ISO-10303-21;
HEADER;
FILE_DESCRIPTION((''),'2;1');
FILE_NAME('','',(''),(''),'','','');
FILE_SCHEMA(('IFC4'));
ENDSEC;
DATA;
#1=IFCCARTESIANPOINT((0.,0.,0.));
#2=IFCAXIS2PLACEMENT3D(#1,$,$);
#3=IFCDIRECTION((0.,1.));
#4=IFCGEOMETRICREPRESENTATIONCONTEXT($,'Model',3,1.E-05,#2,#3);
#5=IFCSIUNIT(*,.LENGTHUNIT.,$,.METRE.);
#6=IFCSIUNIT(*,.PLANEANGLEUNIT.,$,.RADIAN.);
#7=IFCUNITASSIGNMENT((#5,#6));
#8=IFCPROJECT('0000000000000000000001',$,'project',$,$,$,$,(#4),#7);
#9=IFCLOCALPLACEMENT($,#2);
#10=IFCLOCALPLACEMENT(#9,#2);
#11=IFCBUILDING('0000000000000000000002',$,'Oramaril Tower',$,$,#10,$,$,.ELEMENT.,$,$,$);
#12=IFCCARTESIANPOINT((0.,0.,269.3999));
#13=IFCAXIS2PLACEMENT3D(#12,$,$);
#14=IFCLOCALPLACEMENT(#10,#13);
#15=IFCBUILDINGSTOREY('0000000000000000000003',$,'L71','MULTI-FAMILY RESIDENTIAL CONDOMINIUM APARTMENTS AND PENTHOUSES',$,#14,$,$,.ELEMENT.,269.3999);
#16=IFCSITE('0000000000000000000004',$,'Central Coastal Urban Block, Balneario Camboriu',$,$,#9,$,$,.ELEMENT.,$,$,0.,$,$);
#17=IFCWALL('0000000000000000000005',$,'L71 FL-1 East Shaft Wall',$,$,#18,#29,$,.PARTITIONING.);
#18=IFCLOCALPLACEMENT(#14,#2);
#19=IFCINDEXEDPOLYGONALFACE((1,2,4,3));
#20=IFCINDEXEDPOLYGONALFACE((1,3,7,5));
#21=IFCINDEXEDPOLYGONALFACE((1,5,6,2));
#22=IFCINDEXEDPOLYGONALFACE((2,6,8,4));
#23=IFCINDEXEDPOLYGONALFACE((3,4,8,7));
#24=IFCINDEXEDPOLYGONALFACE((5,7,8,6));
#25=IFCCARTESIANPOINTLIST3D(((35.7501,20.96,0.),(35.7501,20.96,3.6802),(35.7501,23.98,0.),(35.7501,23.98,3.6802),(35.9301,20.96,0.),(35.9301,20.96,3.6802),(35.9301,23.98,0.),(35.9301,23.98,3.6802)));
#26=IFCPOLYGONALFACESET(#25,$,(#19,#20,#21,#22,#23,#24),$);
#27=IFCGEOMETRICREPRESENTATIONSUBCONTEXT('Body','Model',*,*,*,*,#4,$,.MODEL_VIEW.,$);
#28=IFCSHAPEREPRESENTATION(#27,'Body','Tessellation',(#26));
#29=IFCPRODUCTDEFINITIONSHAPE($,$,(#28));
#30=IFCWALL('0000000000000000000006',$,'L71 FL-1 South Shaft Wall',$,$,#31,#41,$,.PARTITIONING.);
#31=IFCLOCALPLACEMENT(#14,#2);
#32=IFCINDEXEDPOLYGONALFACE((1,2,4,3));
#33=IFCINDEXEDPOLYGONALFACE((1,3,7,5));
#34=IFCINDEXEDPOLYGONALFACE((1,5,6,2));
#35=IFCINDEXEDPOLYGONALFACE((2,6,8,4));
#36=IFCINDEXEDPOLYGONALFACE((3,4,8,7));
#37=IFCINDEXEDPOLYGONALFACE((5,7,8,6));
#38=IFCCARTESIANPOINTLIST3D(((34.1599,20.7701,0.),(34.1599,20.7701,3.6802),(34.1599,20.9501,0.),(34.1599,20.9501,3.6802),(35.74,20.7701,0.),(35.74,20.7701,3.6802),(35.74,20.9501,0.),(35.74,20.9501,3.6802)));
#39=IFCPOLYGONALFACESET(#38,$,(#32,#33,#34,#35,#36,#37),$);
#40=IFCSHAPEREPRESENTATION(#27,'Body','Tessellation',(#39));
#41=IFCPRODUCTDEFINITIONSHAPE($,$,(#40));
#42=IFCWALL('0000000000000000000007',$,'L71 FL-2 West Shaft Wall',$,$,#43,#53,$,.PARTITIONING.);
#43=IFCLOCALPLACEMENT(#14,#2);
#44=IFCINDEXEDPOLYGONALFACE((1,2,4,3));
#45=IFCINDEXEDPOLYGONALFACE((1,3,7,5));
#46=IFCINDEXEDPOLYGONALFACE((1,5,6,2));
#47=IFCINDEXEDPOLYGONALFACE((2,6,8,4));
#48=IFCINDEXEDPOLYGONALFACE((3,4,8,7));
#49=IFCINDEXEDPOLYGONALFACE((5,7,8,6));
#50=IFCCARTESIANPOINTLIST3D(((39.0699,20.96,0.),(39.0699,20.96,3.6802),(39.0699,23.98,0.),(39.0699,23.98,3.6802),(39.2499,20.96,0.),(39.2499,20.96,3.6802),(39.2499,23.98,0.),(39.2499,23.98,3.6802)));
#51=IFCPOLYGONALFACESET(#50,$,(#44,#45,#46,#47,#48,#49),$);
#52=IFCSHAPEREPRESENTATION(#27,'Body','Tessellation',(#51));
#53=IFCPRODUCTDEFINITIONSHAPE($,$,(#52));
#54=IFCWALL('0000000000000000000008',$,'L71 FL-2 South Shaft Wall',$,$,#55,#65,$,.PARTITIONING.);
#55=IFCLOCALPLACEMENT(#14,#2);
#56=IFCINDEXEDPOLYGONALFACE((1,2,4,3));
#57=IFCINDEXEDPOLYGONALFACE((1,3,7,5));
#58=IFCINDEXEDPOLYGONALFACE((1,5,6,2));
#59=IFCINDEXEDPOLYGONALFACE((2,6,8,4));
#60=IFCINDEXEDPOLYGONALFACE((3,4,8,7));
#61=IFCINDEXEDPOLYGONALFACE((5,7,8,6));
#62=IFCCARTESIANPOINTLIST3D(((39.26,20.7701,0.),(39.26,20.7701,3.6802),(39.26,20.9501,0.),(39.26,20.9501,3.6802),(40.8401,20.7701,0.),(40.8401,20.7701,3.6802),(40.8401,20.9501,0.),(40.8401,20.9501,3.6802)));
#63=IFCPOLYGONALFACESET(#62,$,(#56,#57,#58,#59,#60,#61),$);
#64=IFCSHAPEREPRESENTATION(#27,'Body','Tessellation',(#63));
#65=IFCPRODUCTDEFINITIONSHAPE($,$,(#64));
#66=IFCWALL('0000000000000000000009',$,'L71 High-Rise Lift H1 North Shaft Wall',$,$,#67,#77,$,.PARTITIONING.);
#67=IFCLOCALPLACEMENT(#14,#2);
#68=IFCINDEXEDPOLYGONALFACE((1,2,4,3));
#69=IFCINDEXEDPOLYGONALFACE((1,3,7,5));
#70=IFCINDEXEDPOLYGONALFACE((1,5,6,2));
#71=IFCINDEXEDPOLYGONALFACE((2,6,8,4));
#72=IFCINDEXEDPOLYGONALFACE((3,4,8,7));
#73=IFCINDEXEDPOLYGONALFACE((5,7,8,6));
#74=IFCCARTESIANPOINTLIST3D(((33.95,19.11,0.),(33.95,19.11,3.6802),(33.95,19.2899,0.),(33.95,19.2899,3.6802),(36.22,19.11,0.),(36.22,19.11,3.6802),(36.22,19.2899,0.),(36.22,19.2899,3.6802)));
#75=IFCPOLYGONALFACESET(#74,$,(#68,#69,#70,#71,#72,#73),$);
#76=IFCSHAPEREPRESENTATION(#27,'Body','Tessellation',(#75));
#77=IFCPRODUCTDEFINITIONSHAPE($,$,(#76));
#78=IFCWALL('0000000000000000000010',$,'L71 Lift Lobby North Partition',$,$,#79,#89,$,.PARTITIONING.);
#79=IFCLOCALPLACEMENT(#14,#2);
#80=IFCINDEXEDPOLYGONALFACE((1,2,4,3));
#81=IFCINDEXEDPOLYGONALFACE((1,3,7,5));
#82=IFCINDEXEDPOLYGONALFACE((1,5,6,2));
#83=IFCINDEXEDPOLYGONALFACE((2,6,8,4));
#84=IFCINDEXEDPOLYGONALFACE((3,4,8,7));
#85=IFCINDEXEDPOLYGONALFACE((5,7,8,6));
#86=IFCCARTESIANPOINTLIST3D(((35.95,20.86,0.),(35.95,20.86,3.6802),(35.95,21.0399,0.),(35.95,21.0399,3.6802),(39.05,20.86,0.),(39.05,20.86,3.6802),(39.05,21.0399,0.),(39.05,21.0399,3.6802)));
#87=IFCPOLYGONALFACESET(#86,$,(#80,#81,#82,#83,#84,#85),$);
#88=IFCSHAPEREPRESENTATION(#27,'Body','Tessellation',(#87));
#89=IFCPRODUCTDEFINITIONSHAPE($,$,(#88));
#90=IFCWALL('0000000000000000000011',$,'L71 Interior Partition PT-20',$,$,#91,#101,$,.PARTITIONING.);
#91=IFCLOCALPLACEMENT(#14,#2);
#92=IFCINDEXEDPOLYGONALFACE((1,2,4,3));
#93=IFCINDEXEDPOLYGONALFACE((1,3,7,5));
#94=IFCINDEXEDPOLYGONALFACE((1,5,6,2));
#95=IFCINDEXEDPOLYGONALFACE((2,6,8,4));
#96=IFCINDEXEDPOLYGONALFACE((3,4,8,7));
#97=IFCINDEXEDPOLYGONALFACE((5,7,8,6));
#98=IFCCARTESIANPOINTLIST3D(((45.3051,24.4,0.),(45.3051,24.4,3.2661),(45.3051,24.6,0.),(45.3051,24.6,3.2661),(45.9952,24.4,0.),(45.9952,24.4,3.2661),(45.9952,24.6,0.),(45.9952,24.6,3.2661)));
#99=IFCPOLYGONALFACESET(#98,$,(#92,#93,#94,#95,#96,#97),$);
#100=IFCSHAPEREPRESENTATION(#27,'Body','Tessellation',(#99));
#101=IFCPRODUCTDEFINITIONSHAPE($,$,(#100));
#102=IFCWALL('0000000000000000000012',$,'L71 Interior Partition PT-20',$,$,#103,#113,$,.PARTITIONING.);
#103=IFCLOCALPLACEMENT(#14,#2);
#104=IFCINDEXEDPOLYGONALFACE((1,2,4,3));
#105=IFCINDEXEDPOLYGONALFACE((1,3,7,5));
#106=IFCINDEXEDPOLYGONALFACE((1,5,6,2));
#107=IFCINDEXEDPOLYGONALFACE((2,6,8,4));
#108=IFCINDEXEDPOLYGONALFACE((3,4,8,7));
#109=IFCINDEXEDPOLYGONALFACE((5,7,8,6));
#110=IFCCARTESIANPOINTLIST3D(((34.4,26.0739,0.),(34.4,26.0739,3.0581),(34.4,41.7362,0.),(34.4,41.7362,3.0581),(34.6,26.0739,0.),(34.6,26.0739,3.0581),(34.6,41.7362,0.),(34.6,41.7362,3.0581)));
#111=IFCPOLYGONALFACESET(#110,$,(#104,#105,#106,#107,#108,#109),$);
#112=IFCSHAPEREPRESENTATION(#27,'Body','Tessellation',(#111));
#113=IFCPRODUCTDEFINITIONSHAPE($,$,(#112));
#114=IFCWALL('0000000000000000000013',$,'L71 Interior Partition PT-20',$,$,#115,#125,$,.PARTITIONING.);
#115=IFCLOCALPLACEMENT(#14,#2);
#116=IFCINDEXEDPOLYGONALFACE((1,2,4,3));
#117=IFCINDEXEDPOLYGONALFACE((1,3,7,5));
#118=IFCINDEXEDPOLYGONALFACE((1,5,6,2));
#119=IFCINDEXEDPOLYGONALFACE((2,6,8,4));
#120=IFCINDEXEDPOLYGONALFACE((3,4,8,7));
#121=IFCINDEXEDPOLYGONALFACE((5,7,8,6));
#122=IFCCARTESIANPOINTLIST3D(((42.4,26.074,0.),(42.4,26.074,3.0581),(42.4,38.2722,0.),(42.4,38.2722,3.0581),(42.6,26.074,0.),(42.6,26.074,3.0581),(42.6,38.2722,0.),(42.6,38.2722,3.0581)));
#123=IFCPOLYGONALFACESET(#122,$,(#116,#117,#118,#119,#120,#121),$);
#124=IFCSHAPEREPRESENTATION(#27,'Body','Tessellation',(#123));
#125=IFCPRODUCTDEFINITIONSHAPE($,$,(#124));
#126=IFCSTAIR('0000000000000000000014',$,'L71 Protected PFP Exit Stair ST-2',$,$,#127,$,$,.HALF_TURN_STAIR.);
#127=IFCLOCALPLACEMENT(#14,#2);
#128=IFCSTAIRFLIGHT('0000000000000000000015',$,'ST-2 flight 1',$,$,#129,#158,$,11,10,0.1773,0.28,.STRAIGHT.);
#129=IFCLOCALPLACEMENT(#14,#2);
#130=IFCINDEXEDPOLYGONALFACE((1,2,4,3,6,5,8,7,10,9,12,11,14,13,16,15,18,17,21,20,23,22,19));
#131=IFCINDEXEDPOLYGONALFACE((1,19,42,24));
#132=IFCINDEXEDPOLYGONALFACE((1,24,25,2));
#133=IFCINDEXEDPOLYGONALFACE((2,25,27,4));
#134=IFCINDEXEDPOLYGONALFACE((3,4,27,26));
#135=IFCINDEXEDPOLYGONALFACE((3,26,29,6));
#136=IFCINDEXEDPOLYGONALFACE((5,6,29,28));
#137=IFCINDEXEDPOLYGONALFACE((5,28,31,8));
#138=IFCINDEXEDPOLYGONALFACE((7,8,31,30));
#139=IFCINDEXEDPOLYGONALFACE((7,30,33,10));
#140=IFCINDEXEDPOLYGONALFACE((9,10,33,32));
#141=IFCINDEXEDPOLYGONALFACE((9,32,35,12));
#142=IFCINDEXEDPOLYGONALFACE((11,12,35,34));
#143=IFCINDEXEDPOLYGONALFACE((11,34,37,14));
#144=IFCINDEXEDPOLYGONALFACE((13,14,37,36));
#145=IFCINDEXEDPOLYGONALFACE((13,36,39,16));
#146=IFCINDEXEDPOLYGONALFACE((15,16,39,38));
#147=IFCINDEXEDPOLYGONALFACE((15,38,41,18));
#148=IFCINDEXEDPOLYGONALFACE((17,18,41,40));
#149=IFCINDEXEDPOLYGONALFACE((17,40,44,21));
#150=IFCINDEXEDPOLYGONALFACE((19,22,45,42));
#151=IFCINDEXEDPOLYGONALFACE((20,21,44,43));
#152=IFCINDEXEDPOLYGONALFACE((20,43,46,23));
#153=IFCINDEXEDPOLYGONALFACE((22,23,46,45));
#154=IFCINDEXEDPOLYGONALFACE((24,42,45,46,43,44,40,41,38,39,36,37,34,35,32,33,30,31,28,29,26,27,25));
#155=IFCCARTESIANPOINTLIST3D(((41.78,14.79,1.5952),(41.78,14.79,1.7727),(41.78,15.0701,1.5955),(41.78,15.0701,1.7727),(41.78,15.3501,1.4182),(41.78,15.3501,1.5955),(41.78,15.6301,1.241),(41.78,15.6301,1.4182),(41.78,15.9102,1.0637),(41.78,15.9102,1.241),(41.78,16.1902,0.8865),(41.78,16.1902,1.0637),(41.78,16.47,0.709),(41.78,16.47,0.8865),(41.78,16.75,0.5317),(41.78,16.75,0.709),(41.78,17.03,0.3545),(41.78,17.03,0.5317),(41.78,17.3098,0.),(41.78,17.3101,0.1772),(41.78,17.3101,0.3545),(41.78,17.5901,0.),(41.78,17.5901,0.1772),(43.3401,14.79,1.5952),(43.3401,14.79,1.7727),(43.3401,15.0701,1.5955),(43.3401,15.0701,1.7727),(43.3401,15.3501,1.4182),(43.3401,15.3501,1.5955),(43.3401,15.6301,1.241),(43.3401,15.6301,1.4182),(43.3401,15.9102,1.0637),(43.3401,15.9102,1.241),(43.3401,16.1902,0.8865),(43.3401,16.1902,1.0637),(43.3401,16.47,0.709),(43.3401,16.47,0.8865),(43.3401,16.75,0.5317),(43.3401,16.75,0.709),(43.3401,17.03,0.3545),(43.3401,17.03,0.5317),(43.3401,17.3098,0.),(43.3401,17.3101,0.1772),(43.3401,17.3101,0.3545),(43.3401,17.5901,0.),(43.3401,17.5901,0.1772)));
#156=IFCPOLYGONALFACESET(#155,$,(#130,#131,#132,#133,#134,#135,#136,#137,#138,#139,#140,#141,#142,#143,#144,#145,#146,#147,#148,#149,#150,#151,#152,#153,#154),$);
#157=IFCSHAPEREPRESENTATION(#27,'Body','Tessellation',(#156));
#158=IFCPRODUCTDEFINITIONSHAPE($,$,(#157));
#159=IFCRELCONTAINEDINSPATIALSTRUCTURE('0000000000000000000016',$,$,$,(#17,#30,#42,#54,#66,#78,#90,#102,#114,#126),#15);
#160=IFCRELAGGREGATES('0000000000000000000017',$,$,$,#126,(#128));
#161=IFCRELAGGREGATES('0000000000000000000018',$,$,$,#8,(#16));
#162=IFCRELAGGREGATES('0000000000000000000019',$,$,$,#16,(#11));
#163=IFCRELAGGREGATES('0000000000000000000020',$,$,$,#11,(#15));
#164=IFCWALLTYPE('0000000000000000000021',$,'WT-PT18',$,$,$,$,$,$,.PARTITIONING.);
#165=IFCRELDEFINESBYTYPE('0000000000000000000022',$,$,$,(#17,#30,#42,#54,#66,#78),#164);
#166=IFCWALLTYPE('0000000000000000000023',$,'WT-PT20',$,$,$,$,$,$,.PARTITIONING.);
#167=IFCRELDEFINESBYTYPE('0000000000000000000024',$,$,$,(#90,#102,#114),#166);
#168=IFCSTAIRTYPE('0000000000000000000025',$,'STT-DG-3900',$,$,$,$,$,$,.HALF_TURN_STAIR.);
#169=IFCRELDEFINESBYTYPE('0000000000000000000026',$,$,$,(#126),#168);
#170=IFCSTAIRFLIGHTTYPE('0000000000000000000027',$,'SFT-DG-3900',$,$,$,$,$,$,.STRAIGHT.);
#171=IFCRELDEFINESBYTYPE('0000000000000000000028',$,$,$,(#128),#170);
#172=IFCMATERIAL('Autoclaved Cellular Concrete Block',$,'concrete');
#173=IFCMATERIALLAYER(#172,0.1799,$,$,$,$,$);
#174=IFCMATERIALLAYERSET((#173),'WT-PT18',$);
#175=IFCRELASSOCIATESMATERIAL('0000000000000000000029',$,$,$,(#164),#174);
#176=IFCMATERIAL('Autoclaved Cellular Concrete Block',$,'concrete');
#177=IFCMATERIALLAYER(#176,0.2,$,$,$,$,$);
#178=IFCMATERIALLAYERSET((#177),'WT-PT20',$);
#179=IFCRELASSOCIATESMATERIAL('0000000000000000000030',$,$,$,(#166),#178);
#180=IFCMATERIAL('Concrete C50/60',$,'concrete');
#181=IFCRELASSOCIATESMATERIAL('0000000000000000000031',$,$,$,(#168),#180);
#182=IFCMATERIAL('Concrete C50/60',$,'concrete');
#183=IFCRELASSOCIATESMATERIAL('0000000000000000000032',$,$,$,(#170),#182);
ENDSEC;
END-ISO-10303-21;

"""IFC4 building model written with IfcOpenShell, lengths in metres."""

from ifc_helpers import new_model, si_unit, direction, frame, frame_2d, origin, place, context, subcontext, project, spatial, polyline, rectangle, outline, extrude, material, layer, layer_set, type_object, element, aggregate, save


model = new_model("IFC4")

# Units and contexts
model_context = context("Model", 3, precision=1e-05, world=origin(), true_north=direction((0.0, 1.0)))
body_context = subcontext(model_context, "Body", "Model", "MODEL_VIEW")
ifc_project = project(units=[si_unit("LENGTHUNIT", "METRE"), si_unit("PLANEANGLEUNIT", "RADIAN")], contexts=[model_context])

# Site, building, storey
site_placement = place(None, origin())
site = spatial("IfcSite", under=ifc_project, at=site_placement, Name="Central Coastal Urban Block, Balneario Camboriu", CompositionType="ELEMENT", RefElevation=0.0)
building_placement = place(site_placement, origin())
building = spatial("IfcBuilding", under=site, at=building_placement, Name="Oramaril Tower", CompositionType="ELEMENT")
storey_placement = place(building_placement, frame((0.0, 0.0, 269.3999)))
storey = spatial("IfcBuildingStorey", under=building, at=storey_placement, Name="L71", Description="MULTI-FAMILY RESIDENTIAL CONDOMINIUM APARTMENTS AND PENTHOUSES", CompositionType="ELEMENT", Elevation=269.3999)

# Walls
ifc_material_1 = material(Name="Autoclaved Cellular Concrete Block", Category="concrete")
ifc_layer_1 = layer(ifc_material_1, 0.1799)
ifc_layer_set_1 = layer_set([ifc_layer_1], Name="WT-PT18")
wall_type_1 = type_object("IfcWallType", Name="WT-PT18", PredefinedType="PARTITIONING", material=ifc_layer_set_1)
wall_1_placement = place(storey_placement, frame((35.8401, 20.96, 0.0), z_axis=(0.0, 0.0, 1.0), x_axis=(0.0, 1.0, 0.0)))
element("IfcWall", 1, at=wall_1_placement, inside=storey, type_object=wall_type_1, Name="L71 FL-1 East Shaft Wall", PredefinedType="PARTITIONING", context=body_context, shape_type="SweptSolid", body=[
    extrude(rectangle(XDim=3.02, YDim=0.1799, at=frame_2d((1.51, 0.0))), origin(), (0.0, 0.0, 1.0), 3.6802),
])
wall_2_placement = place(storey_placement, frame((34.1599, 20.8601, 0.0), z_axis=(0.0, 0.0, 1.0), x_axis=(1.0, 0.0, 0.0)))
element("IfcWall", 2, at=wall_2_placement, inside=storey, type_object=wall_type_1, Name="L71 FL-1 South Shaft Wall", PredefinedType="PARTITIONING", context=body_context, shape_type="SweptSolid", body=[
    extrude(rectangle(XDim=1.5801, YDim=0.1799, at=frame_2d((0.79, 0.0))), origin(), (0.0, 0.0, 1.0), 3.6802),
])
wall_3_placement = place(storey_placement, frame((39.1599, 20.96, 0.0), z_axis=(0.0, 0.0, 1.0), x_axis=(0.0, 1.0, 0.0)))
element("IfcWall", 3, at=wall_3_placement, inside=storey, type_object=wall_type_1, Name="L71 FL-2 West Shaft Wall", PredefinedType="PARTITIONING", context=body_context, shape_type="SweptSolid", body=[
    extrude(rectangle(XDim=3.02, YDim=0.1799, at=frame_2d((1.51, 0.0))), origin(), (0.0, 0.0, 1.0), 3.6802),
])
wall_4_placement = place(storey_placement, frame((39.26, 20.8601, 0.0), z_axis=(0.0, 0.0, 1.0), x_axis=(1.0, 0.0, 0.0)))
element("IfcWall", 4, at=wall_4_placement, inside=storey, type_object=wall_type_1, Name="L71 FL-2 South Shaft Wall", PredefinedType="PARTITIONING", context=body_context, shape_type="SweptSolid", body=[
    extrude(rectangle(XDim=1.5801, YDim=0.1799, at=frame_2d((0.79, 0.0))), origin(), (0.0, 0.0, 1.0), 3.6802),
])
wall_5_placement = place(storey_placement, frame((33.95, 19.2, 0.0), z_axis=(0.0, 0.0, 1.0), x_axis=(1.0, 0.0, 0.0)))
element("IfcWall", 5, at=wall_5_placement, inside=storey, type_object=wall_type_1, Name="L71 High-Rise Lift H1 North Shaft Wall", PredefinedType="PARTITIONING", context=body_context, shape_type="SweptSolid", body=[
    extrude(rectangle(XDim=2.27, YDim=0.1799, at=frame_2d((1.135, 0.0))), origin(), (0.0, 0.0, 1.0), 3.6802),
])
wall_6_placement = place(storey_placement, frame((35.95, 20.95, 0.0), z_axis=(0.0, 0.0, 1.0), x_axis=(1.0, 0.0, 0.0)))
element("IfcWall", 6, at=wall_6_placement, inside=storey, type_object=wall_type_1, Name="L71 Lift Lobby North Partition", PredefinedType="PARTITIONING", context=body_context, shape_type="SweptSolid", body=[
    extrude(rectangle(XDim=3.1001, YDim=0.1799, at=frame_2d((1.55, 0.0))), origin(), (0.0, 0.0, 1.0), 3.6802),
])
ifc_material_2 = material(Name="Autoclaved Cellular Concrete Block", Category="concrete")
ifc_layer_2 = layer(ifc_material_2, 0.2)
ifc_layer_set_2 = layer_set([ifc_layer_2], Name="WT-PT20")
wall_type_2 = type_object("IfcWallType", Name="WT-PT20", PredefinedType="PARTITIONING", material=ifc_layer_set_2)
wall_7_placement = place(storey_placement, frame((45.3049, 24.5, 0.0), z_axis=(0.0, 0.0, 1.0), x_axis=(1.0, 0.0, 0.0)))
element("IfcWall", 7, at=wall_7_placement, inside=storey, type_object=wall_type_2, Name="L71 Interior Partition PT-20", PredefinedType="PARTITIONING", context=body_context, shape_type="SweptSolid", body=[
    extrude(rectangle(XDim=0.6902, YDim=0.2, at=frame_2d((0.3452, 0.0))), origin(), (0.0, 0.0, 1.0), 3.2661),
])
wall_8_placement = place(storey_placement, frame((34.5, 26.074, 0.0), z_axis=(0.0, 0.0, 1.0), x_axis=(0.0, 1.0, 0.0)))
element("IfcWall", 8, at=wall_8_placement, inside=storey, type_object=wall_type_2, Name="L71 Interior Partition PT-20", PredefinedType="PARTITIONING", context=body_context, shape_type="SweptSolid", body=[
    extrude(rectangle(XDim=15.6624, YDim=0.2, at=frame_2d((7.8311, 0.0))), origin(), (0.0, 0.0, 1.0), 3.0581),
])
wall_9_placement = place(storey_placement, frame((42.5, 26.074, 0.0), z_axis=(0.0, 0.0, 1.0), x_axis=(0.0, 1.0, 0.0)))
element("IfcWall", 9, at=wall_9_placement, inside=storey, type_object=wall_type_2, Name="L71 Interior Partition PT-20", PredefinedType="PARTITIONING", context=body_context, shape_type="SweptSolid", body=[
    extrude(rectangle(XDim=12.1982, YDim=0.2, at=frame_2d((6.0991, 0.0))), origin(), (0.0, 0.0, 1.0), 3.0581),
])

# Stair, stair flight
ifc_material_3 = material(Name="Concrete C50/60", Category="concrete")
stair_type = type_object("IfcStairType", Name="STT-DG-3900", PredefinedType="HALF_TURN_STAIR", material=ifc_material_3)
stair_placement = place(storey_placement, origin())
stair = element("IfcStair", 10, at=stair_placement, inside=storey, type_object=stair_type, Name="L71 Protected PFP Exit Stair ST-2", PredefinedType="HALF_TURN_STAIR")
ifc_material_4 = material(Name="Concrete C50/60", Category="concrete")
stair_flight_type = type_object("IfcStairFlightType", Name="SFT-DG-3900", PredefinedType="STRAIGHT", material=ifc_material_4)
stair_flight_placement = place(storey_placement, frame((42.5601, 17.5901, 0.0), z_axis=(0.0, 0.0, 1.0), x_axis=(0.0, -1.0, 0.0)))
stair_flight = element("IfcStairFlight", 11, at=stair_flight_placement, type_object=stair_flight_type, Name="ST-2 flight 1", NumberOfRisers=11, NumberOfTreads=10, PredefinedType="STRAIGHT", RiserHeight=0.1773, TreadLength=0.28, context=body_context, shape_type="SweptSolid", body=[
    extrude(outline(polyline([(0.0, 0.0), (0.0, 0.1772), (0.28, 0.1772), (0.28, 0.3545), (0.5601, 0.3545), (0.5601, 0.5317), (0.8401, 0.5317), (0.8401, 0.709), (1.1201, 0.709), (1.1201, 0.8865), (1.3999, 0.8865), (1.3999, 1.0637), (1.6799, 1.0637), (1.6799, 1.241), (1.96, 1.241), (1.96, 1.4182), (2.24, 1.4182), (2.24, 1.5955), (2.52, 1.5955), (2.52, 1.7727), (2.8, 1.7727), (2.8, 1.95), (2.8, 1.5952), (0.2803, 0.0), (0.0, 0.0)])), frame((0.0, 0.78, 0.0), z_axis=(0.0, -1.0, 0.0), x_axis=(1.0, 0.0, 0.0)), (0.0, 0.0, 1.0), 1.5601),
])
aggregate(stair, [stair_flight])

save(model, "model.ifc")
